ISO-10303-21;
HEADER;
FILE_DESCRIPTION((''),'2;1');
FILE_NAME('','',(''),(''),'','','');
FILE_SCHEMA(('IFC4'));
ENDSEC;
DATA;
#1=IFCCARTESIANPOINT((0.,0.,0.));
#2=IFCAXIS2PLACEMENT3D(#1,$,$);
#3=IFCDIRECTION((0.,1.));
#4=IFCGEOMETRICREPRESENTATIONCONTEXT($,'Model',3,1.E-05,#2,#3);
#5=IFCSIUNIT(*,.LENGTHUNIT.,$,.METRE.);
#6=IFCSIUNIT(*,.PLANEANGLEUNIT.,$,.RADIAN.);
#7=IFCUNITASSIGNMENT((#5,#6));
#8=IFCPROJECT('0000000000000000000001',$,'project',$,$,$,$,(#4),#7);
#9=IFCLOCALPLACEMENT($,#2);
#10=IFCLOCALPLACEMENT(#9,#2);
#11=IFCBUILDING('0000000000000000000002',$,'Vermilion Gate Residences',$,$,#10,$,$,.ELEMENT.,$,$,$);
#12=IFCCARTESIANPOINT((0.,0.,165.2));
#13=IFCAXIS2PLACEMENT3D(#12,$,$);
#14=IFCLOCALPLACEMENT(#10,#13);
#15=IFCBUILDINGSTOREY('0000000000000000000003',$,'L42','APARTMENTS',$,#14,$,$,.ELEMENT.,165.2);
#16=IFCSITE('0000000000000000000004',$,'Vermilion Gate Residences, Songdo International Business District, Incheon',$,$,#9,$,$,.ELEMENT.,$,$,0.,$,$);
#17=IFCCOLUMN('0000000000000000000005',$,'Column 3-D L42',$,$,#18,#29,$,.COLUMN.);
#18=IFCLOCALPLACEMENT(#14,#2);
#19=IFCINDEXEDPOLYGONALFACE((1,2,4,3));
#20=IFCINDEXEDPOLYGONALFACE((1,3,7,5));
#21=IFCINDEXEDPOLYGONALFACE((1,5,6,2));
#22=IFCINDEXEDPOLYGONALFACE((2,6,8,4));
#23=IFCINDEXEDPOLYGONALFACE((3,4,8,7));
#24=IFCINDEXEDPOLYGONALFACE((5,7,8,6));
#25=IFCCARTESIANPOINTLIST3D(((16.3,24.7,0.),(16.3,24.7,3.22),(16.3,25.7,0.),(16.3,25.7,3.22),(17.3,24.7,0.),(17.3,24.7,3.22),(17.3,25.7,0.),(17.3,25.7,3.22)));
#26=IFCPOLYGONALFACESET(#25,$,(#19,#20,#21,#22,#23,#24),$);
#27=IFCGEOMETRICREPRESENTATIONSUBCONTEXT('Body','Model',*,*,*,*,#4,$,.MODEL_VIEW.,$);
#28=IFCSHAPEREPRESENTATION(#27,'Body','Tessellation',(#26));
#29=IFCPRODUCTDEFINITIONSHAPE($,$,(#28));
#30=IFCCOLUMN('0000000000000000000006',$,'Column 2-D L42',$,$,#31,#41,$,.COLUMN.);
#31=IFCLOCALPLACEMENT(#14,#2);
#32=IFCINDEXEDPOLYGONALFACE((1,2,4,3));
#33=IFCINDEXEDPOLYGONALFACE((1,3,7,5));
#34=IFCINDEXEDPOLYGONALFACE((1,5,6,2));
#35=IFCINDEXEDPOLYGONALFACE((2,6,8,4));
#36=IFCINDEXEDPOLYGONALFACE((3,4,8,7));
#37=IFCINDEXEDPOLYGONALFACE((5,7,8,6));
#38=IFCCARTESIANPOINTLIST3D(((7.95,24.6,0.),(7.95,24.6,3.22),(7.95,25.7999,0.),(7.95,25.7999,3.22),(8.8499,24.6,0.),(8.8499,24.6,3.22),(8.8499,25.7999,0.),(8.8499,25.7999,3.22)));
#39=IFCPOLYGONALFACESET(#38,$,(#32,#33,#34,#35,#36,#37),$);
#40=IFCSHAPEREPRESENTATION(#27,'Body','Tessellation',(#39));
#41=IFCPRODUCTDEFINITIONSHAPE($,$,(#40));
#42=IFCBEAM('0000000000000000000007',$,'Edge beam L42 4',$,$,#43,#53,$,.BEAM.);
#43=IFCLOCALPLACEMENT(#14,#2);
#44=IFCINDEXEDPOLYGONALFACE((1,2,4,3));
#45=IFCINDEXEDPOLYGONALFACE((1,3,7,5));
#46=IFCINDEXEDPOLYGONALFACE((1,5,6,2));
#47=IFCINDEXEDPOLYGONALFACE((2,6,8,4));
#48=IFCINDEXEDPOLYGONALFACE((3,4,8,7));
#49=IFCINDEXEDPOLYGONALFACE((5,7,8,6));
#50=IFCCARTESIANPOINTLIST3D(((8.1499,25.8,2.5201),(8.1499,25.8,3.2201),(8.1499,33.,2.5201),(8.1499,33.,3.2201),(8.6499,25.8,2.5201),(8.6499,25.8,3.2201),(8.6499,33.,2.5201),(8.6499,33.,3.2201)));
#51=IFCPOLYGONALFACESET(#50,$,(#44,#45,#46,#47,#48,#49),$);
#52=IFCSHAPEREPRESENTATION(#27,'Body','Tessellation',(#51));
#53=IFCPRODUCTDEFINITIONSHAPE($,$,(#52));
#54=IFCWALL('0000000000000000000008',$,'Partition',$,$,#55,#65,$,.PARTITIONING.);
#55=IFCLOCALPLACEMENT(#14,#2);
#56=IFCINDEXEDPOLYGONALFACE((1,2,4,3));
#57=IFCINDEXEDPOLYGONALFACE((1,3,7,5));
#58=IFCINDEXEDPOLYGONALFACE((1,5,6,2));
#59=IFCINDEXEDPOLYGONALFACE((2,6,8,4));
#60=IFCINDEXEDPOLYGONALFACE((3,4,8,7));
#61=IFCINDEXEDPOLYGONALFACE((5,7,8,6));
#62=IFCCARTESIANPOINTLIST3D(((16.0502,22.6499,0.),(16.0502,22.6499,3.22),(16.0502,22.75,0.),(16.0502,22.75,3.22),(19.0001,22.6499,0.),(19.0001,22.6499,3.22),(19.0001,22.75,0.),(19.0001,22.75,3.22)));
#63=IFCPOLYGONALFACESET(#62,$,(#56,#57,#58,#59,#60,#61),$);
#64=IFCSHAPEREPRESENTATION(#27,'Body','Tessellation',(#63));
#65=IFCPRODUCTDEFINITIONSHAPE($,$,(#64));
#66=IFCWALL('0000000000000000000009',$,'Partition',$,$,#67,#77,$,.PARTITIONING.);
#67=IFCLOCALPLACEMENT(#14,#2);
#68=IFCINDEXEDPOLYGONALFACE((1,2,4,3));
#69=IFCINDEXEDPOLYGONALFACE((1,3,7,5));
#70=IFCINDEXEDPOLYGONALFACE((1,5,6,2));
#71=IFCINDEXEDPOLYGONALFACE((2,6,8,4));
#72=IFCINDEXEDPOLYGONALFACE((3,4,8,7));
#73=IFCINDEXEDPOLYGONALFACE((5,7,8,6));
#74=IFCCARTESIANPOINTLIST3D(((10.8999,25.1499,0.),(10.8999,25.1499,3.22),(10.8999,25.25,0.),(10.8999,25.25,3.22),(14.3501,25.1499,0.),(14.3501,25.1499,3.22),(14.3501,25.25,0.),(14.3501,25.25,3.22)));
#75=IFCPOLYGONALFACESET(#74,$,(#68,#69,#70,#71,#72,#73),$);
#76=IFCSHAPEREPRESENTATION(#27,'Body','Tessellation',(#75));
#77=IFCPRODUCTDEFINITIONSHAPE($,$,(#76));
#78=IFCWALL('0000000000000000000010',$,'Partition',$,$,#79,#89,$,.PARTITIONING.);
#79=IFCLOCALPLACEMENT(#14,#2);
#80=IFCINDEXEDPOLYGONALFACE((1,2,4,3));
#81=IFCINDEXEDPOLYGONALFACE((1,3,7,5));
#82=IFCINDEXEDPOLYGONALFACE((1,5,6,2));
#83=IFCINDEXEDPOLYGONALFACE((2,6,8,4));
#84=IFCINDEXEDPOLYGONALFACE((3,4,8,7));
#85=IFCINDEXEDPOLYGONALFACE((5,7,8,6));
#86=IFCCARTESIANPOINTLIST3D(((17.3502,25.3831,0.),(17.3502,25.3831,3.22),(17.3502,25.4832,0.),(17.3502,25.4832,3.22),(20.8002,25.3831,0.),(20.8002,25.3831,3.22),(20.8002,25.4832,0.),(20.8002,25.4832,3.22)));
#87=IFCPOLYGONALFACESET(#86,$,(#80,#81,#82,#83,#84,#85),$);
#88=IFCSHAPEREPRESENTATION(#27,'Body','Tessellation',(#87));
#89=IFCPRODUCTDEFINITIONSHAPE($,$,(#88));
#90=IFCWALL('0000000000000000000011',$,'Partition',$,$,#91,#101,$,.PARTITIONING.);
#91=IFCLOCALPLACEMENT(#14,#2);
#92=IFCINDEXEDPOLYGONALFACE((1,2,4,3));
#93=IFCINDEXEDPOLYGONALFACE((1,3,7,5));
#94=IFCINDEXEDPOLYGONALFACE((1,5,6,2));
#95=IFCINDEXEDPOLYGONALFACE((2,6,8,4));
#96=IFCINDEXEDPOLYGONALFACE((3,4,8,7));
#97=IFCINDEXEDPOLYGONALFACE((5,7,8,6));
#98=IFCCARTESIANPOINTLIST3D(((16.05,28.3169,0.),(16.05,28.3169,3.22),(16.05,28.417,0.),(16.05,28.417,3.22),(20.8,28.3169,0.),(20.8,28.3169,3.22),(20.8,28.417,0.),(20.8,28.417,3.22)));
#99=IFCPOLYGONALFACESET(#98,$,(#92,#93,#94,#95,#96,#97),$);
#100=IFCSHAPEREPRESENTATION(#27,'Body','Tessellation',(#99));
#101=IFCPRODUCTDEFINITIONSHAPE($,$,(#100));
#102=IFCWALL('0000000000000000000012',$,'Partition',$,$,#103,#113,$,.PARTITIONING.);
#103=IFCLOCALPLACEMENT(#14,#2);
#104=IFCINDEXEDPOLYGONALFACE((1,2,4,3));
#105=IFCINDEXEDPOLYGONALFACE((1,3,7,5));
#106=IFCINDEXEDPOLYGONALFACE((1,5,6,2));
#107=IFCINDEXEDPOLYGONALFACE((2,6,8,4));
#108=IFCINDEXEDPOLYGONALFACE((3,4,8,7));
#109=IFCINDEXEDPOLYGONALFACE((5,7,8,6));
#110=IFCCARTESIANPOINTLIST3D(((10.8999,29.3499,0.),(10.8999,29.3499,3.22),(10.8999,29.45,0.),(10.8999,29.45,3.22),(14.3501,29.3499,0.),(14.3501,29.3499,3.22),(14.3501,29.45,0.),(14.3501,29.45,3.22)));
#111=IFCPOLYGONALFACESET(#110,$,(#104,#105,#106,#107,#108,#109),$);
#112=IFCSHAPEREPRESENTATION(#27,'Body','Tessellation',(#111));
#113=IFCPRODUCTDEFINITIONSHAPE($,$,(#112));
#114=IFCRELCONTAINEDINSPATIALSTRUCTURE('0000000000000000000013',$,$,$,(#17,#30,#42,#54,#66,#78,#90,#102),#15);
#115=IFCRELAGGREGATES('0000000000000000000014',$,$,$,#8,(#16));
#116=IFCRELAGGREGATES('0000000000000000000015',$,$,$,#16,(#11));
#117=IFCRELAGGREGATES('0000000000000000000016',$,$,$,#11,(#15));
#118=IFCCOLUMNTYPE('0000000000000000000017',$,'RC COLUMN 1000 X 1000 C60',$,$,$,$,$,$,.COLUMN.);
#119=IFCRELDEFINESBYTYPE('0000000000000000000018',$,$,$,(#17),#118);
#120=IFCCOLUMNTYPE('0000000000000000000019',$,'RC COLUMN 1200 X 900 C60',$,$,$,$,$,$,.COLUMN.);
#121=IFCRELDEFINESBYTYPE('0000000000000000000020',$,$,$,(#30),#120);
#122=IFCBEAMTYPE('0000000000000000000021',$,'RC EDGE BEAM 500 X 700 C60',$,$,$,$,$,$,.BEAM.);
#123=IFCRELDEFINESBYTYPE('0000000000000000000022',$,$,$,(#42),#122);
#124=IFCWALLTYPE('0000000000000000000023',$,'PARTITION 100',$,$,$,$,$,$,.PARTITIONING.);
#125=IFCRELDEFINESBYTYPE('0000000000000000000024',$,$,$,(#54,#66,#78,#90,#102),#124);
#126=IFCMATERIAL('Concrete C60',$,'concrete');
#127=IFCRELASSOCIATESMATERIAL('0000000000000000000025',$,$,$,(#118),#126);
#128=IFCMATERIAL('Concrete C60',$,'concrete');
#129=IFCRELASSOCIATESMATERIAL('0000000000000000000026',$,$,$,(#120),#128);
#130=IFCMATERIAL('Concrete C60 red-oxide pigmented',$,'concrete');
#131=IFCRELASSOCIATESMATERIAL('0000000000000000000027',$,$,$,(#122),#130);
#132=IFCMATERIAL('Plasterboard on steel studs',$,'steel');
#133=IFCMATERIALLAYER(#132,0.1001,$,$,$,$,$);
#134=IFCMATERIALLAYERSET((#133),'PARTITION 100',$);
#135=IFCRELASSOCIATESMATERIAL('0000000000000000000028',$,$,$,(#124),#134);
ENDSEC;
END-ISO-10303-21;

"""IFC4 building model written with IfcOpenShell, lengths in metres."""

from ifc_helpers import new_model, si_unit, direction, frame, frame_2d, origin, origin_2d, place, context, subcontext, project, spatial, rectangle, extrude, material, layer, layer_set, material_profile, profile_set, type_object, element, save


model = new_model("IFC4")

# Units and contexts
model_context = context("Model", 3, precision=1e-05, world=origin(), true_north=direction((0.0, 1.0)))
body_context = subcontext(model_context, "Body", "Model", "MODEL_VIEW")
ifc_project = project(units=[si_unit("LENGTHUNIT", "METRE"), si_unit("PLANEANGLEUNIT", "RADIAN")], contexts=[model_context])

# Site, building, storey
site_placement = place(None, origin())
site = spatial("IfcSite", under=ifc_project, at=site_placement, Name="Vermilion Gate Residences, Songdo International Business District, Incheon", CompositionType="ELEMENT", RefElevation=0.0)
building_placement = place(site_placement, origin())
building = spatial("IfcBuilding", under=site, at=building_placement, Name="Vermilion Gate Residences", CompositionType="ELEMENT")
storey_placement = place(building_placement, frame((0.0, 0.0, 165.2)))
storey = spatial("IfcBuildingStorey", under=building, at=storey_placement, Name="L42", Description="APARTMENTS", CompositionType="ELEMENT", Elevation=165.2)

# Columns
ifc_material_1 = material(Name="Concrete C60", Category="concrete")
ifc_material_profile_1 = material_profile(ifc_material_1, rectangle(XDim=1.0, YDim=1.0, at=origin_2d()), Name="RC-1000x1000")
ifc_profile_set_1 = profile_set([ifc_material_profile_1], Name="Concrete C60")
column_type_1 = type_object("IfcColumnType", Name="RC COLUMN 1000 X 1000 C60", PredefinedType="COLUMN", material=ifc_profile_set_1)
column_1_placement = place(storey_placement, frame((16.8, 25.2, 0.0), z_axis=(0.0, 0.0, 1.0), x_axis=(1.0, 0.0, 0.0)))
element("IfcColumn", 1, at=column_1_placement, inside=storey, type_object=column_type_1, Name="Column 3-D L42", PredefinedType="COLUMN", context=body_context, shape_type="SweptSolid", body=[
    extrude(rectangle(XDim=1.0, YDim=1.0, at=origin_2d()), origin(), (0.0, 0.0, 1.0), 3.22),
])
ifc_material_2 = material(Name="Concrete C60", Category="concrete")
ifc_material_profile_2 = material_profile(ifc_material_2, rectangle(XDim=1.2, YDim=0.8999, at=origin_2d()), Name="RC-1200x900")
ifc_profile_set_2 = profile_set([ifc_material_profile_2], Name="Concrete C60")
column_type_2 = type_object("IfcColumnType", Name="RC COLUMN 1200 X 900 C60", PredefinedType="COLUMN", material=ifc_profile_set_2)
column_2_placement = place(storey_placement, frame((8.3999, 25.2, 0.0), z_axis=(0.0, 0.0, 1.0), x_axis=(0.0, 1.0, 0.0)))
element("IfcColumn", 2, at=column_2_placement, inside=storey, type_object=column_type_2, Name="Column 2-D L42", PredefinedType="COLUMN", context=body_context, shape_type="SweptSolid", body=[
    extrude(rectangle(XDim=1.2, YDim=0.8999, at=origin_2d()), origin(), (0.0, 0.0, 1.0), 3.22),
])

# Beam
ifc_material_3 = material(Name="Concrete C60 red-oxide pigmented", Category="concrete")
ifc_material_profile_3 = material_profile(ifc_material_3, rectangle(XDim=0.5, YDim=0.7, at=origin_2d()), Name="RC-500x700")
ifc_profile_set_3 = profile_set([ifc_material_profile_3], Name="Concrete C60 red-oxide pigmented")
beam_type = type_object("IfcBeamType", Name="RC EDGE BEAM 500 X 700 C60", PredefinedType="BEAM", material=ifc_profile_set_3)
beam_placement = place(storey_placement, frame((8.3999, 25.8, 2.8701), z_axis=(0.0, 1.0, 0.0), x_axis=(-1.0, 0.0, 0.0)))
element("IfcBeam", 3, at=beam_placement, inside=storey, type_object=beam_type, Name="Edge beam L42 4", PredefinedType="BEAM", context=body_context, shape_type="SweptSolid", body=[
    extrude(rectangle(XDim=0.5, YDim=0.7, at=origin_2d()), origin(), (0.0, 0.0, 1.0), 7.2),
])

# Walls
ifc_material_4 = material(Name="Plasterboard on steel studs", Category="steel")
ifc_layer_1 = layer(ifc_material_4, 0.1001)
ifc_layer_set_1 = layer_set([ifc_layer_1], Name="PARTITION 100")
wall_type_1 = type_object("IfcWallType", Name="PARTITION 100", PredefinedType="PARTITIONING", material=ifc_layer_set_1)
wall_1_placement = place(storey_placement, frame((16.05, 22.7, 0.0), z_axis=(0.0, 0.0, 1.0), x_axis=(1.0, 0.0, 0.0)))
element("IfcWall", 4, at=wall_1_placement, inside=storey, type_object=wall_type_1, Name="Partition", PredefinedType="PARTITIONING", context=body_context, shape_type="SweptSolid", body=[
    extrude(rectangle(XDim=2.95, YDim=0.1001, at=frame_2d((1.4751, 0.0))), origin(), (0.0, 0.0, 1.0), 3.22),
])
wall_2_placement = place(storey_placement, frame((10.8999, 25.2, 0.0), z_axis=(0.0, 0.0, 1.0), x_axis=(1.0, 0.0, 0.0)))
element("IfcWall", 5, at=wall_2_placement, inside=storey, type_object=wall_type_1, Name="Partition", PredefinedType="PARTITIONING", context=body_context, shape_type="SweptSolid", body=[
    extrude(rectangle(XDim=3.4502, YDim=0.1001, at=frame_2d((1.7251, 0.0))), origin(), (0.0, 0.0, 1.0), 3.22),
])
wall_3_placement = place(storey_placement, frame((17.3501, 25.4331, 0.0), z_axis=(0.0, 0.0, 1.0), x_axis=(1.0, 0.0, 0.0)))
element("IfcWall", 6, at=wall_3_placement, inside=storey, type_object=wall_type_1, Name="Partition", PredefinedType="PARTITIONING", context=body_context, shape_type="SweptSolid", body=[
    extrude(rectangle(XDim=3.45, YDim=0.1001, at=frame_2d((1.7251, 0.0))), origin(), (0.0, 0.0, 1.0), 3.22),
])
wall_4_placement = place(storey_placement, frame((16.05, 28.3669, 0.0), z_axis=(0.0, 0.0, 1.0), x_axis=(1.0, 0.0, 0.0)))
element("IfcWall", 7, at=wall_4_placement, inside=storey, type_object=wall_type_1, Name="Partition", PredefinedType="PARTITIONING", context=body_context, shape_type="SweptSolid", body=[
    extrude(rectangle(XDim=4.75, YDim=0.1001, at=frame_2d((2.375, 0.0))), origin(), (0.0, 0.0, 1.0), 3.22),
])
wall_5_placement = place(storey_placement, frame((10.8999, 29.3999, 0.0), z_axis=(0.0, 0.0, 1.0), x_axis=(1.0, 0.0, 0.0)))
element("IfcWall", 8, at=wall_5_placement, inside=storey, type_object=wall_type_1, Name="Partition", PredefinedType="PARTITIONING", context=body_context, shape_type="SweptSolid", body=[
    extrude(rectangle(XDim=3.4502, YDim=0.1001, at=frame_2d((1.7251, 0.0))), origin(), (0.0, 0.0, 1.0), 3.22),
])

save(model, "model.ifc")
